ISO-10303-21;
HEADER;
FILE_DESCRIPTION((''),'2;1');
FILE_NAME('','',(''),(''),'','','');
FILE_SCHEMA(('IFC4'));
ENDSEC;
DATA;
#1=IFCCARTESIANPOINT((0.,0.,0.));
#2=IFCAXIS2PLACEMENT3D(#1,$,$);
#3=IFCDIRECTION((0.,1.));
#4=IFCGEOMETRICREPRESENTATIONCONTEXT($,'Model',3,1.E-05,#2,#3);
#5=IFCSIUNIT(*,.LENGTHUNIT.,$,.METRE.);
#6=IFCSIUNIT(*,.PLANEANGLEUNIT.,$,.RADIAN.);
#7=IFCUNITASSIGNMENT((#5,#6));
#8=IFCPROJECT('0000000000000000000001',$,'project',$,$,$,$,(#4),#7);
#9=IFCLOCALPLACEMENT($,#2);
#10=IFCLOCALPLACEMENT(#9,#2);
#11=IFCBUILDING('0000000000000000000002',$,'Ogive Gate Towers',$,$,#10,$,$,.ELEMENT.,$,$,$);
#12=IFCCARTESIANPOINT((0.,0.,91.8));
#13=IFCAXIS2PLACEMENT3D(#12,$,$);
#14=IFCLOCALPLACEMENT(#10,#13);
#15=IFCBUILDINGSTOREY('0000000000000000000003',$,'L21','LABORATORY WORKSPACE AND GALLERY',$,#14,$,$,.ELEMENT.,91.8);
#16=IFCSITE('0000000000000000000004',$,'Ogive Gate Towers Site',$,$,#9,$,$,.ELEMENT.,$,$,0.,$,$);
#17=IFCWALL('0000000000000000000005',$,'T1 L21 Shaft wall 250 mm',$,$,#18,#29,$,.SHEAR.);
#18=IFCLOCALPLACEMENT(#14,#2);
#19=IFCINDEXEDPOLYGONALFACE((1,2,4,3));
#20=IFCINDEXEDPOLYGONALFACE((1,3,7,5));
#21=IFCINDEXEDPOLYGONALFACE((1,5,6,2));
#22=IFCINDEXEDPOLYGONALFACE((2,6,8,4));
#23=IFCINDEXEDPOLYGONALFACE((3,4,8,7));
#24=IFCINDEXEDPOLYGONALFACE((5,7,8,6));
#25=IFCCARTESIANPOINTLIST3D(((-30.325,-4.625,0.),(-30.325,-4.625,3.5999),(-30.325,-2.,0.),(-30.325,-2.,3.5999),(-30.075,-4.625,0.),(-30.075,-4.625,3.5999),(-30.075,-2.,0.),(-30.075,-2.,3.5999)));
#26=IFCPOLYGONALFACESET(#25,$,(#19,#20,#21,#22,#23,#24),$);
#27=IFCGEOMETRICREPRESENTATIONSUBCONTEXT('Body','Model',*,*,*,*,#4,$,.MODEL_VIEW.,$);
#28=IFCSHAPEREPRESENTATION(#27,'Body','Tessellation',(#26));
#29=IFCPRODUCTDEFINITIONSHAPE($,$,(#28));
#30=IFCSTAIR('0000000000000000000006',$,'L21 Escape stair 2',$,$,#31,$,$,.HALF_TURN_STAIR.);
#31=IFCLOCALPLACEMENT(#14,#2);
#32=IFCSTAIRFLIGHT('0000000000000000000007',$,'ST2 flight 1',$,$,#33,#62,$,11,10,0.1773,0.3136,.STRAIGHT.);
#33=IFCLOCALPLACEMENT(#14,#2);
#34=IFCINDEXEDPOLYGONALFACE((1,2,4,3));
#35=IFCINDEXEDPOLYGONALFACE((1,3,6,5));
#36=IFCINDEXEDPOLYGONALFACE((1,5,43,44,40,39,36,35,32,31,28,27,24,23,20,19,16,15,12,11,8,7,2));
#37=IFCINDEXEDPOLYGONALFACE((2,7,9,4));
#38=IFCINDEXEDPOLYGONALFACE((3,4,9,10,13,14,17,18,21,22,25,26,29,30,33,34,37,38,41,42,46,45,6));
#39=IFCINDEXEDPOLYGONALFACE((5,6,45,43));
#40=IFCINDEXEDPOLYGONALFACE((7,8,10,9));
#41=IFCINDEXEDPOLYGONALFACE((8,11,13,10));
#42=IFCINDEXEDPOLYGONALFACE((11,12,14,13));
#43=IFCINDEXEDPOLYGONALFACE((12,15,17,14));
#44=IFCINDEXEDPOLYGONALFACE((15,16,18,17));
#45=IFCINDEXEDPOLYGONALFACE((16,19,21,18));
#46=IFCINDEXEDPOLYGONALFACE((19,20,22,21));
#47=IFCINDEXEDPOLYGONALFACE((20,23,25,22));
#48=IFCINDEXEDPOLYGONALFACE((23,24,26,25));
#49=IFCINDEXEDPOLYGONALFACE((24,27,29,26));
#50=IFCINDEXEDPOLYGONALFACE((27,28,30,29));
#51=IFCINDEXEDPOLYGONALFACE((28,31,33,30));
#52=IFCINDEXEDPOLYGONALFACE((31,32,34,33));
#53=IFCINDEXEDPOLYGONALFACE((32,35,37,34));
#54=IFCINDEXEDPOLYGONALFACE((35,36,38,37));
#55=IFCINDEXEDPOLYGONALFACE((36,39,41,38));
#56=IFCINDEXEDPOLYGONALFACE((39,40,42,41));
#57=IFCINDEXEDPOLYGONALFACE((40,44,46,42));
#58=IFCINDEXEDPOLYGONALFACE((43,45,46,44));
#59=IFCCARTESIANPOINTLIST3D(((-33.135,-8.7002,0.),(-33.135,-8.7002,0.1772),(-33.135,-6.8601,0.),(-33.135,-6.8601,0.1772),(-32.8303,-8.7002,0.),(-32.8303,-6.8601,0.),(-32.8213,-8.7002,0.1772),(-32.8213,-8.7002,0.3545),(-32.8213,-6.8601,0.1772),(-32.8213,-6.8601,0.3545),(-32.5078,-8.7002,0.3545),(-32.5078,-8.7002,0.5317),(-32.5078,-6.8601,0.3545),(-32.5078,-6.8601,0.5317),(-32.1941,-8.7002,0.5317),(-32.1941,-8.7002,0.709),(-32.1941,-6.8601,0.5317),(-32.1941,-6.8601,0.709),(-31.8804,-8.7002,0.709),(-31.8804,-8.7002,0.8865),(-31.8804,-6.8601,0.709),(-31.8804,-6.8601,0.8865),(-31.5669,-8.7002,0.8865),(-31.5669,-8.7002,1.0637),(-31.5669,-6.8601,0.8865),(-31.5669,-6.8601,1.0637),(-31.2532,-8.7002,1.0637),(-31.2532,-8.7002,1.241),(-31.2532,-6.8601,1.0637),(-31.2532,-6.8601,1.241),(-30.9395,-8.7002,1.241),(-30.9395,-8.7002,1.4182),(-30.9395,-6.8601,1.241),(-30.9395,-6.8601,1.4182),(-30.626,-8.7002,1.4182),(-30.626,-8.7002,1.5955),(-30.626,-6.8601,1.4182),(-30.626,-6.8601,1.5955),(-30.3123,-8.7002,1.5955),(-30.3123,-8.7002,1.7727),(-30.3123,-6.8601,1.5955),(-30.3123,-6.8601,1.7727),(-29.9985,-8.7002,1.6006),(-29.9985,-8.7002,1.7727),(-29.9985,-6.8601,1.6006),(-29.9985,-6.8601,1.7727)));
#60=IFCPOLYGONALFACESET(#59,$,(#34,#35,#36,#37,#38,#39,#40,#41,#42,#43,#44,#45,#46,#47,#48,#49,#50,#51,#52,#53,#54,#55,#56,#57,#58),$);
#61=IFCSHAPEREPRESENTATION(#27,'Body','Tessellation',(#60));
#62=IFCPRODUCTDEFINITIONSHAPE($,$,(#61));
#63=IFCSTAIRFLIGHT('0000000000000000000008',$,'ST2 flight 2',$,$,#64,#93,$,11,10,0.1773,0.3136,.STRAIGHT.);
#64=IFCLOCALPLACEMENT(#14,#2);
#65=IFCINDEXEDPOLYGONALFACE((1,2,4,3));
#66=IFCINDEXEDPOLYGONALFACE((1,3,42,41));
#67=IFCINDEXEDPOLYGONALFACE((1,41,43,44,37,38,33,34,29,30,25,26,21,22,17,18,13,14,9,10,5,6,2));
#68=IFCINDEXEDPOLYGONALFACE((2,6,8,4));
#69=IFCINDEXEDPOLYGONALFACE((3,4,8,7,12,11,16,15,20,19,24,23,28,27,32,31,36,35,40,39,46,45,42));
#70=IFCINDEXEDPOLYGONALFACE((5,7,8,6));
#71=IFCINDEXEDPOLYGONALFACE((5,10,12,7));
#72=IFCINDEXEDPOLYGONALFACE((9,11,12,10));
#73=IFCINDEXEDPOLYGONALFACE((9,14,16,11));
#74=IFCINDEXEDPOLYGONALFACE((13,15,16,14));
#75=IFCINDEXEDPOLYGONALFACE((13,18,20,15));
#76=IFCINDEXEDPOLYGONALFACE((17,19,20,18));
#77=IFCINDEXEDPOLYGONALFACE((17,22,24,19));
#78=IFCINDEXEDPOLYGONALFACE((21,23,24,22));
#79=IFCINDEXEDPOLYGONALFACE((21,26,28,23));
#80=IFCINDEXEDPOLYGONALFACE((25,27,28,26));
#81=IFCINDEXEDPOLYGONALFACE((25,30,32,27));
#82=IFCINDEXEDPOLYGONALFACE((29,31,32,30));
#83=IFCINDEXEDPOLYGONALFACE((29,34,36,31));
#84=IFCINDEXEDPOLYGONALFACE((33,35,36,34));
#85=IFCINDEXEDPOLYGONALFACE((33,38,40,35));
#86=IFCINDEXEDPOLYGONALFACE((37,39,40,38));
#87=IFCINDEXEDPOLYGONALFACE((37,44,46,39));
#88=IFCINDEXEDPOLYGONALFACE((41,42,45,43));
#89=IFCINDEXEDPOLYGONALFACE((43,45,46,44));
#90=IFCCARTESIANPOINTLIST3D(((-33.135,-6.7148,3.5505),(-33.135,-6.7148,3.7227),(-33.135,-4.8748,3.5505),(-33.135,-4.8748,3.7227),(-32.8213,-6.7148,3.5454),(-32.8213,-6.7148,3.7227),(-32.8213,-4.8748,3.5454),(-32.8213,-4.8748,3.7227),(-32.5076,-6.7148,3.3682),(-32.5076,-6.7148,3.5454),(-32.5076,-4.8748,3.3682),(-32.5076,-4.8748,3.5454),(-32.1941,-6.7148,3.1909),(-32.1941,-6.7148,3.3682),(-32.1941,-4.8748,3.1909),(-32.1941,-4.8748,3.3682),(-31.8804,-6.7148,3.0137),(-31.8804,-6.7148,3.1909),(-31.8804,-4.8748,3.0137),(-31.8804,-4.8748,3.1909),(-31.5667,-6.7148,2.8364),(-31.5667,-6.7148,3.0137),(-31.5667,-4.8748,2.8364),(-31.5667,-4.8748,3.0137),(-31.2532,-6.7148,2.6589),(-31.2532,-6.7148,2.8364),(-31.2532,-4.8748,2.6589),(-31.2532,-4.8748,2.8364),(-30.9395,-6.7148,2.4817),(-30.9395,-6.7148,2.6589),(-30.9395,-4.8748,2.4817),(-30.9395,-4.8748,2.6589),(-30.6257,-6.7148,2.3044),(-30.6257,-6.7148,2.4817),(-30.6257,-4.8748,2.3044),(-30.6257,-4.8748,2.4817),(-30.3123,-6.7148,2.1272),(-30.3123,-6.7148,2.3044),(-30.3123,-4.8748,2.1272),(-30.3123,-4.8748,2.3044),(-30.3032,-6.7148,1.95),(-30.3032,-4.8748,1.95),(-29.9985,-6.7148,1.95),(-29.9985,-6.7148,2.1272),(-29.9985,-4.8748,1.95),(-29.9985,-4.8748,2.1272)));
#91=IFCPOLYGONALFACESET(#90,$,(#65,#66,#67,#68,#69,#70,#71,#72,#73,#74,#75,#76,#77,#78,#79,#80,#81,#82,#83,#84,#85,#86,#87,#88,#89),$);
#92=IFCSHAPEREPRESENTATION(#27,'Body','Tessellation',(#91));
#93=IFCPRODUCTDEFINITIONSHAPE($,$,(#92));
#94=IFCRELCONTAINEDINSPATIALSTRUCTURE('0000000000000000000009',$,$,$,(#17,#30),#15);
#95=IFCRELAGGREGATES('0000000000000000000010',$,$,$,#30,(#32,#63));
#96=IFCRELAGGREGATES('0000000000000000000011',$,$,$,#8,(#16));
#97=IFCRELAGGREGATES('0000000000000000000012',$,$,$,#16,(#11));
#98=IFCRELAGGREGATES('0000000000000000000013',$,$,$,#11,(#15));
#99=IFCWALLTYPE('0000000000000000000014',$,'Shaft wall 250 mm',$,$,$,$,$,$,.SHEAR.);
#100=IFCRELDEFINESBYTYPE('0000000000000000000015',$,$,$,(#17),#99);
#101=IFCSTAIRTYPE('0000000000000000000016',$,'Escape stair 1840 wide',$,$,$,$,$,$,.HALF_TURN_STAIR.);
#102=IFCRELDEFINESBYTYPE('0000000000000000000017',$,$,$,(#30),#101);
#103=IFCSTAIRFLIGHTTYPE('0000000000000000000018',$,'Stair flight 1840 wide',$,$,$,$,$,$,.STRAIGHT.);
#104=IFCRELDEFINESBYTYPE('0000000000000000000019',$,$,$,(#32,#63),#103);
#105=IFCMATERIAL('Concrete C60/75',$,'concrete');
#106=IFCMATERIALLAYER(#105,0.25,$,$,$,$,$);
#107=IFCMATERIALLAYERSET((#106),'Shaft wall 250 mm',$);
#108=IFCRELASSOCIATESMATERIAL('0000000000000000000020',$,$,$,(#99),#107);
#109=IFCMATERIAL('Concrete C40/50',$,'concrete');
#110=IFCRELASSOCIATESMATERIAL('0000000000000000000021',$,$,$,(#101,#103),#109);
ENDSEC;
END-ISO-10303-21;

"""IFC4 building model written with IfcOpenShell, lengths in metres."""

from ifc_helpers import new_model, si_unit, direction, frame, frame_2d, origin, place, context, subcontext, project, spatial, polyline, rectangle, outline, extrude, material, layer, layer_set, type_object, element, aggregate, save


model = new_model("IFC4")

# Units and contexts
model_context = context("Model", 3, precision=1e-05, world=origin(), true_north=direction((0.0, 1.0)))
body_context = subcontext(model_context, "Body", "Model", "MODEL_VIEW")
ifc_project = project(units=[si_unit("LENGTHUNIT", "METRE"), si_unit("PLANEANGLEUNIT", "RADIAN")], contexts=[model_context])

# Site, building, storey
site_placement = place(None, origin())
site = spatial("IfcSite", under=ifc_project, at=site_placement, Name="Ogive Gate Towers Site", CompositionType="ELEMENT", RefElevation=0.0)
building_placement = place(site_placement, origin())
building = spatial("IfcBuilding", under=site, at=building_placement, Name="Ogive Gate Towers", CompositionType="ELEMENT")
storey_placement = place(building_placement, frame((0.0, 0.0, 91.8)))
storey = spatial("IfcBuildingStorey", under=building, at=storey_placement, Name="L21", Description="LABORATORY WORKSPACE AND GALLERY", CompositionType="ELEMENT", Elevation=91.8)

# Shared definitions
ifc_material_1 = material(Name="Concrete C60/75", Category="concrete")

# Shared definitions
ifc_layer_1 = layer(ifc_material_1, 0.25)
ifc_layer_set_1 = layer_set([ifc_layer_1], Name="Shaft wall 250 mm")
wall_type_1 = type_object("IfcWallType", Name="Shaft wall 250 mm", PredefinedType="SHEAR", material=ifc_layer_set_1)

# Wall
for number, where, z_axis, x_axis, name in (
    (1, (-30.2, -4.625, 0.0), (0.0, 0.0, 1.0), (0.0, 1.0, 0.0), "T1 L21 Shaft wall 250 mm"),
):
    element("IfcWall", number, at=place(storey_placement, frame(where, z_axis=z_axis, x_axis=x_axis)), inside=storey, type_object=wall_type_1, Name=name, PredefinedType="SHEAR", context=body_context, shape_type="SweptSolid", body=[
        extrude(rectangle(XDim=2.625, YDim=0.25, at=frame_2d((1.3125, 0.0))), origin(), (0.0, 0.0, 1.0), 3.5999),
    ])

# Stair, stair flights
ifc_material_2 = material(Name="Concrete C40/50", Category="concrete")
stair_type = type_object("IfcStairType", Name="Escape stair 1840 wide", PredefinedType="HALF_TURN_STAIR", material=ifc_material_2)
stair_placement = place(storey_placement, origin())
stair = element("IfcStair", 2, at=stair_placement, inside=storey, type_object=stair_type, Name="L21 Escape stair 2", PredefinedType="HALF_TURN_STAIR")
stair_flight_type = type_object("IfcStairFlightType", Name="Stair flight 1840 wide", PredefinedType="STRAIGHT", material=ifc_material_2)
stair_flight_1_placement = place(storey_placement, frame((-33.135, -7.78, 0.0), z_axis=(0.0, 0.0, 1.0), x_axis=(1.0, 0.0, 0.0)))
stair_flight_1 = element("IfcStairFlight", 3, at=stair_flight_1_placement, type_object=stair_flight_type, Name="ST2 flight 1", NumberOfRisers=11, NumberOfTreads=10, PredefinedType="STRAIGHT", RiserHeight=0.1773, TreadLength=0.3136, context=body_context, shape_type="SweptSolid", body=[
    extrude(outline(polyline([(0.0, 0.0), (0.0, 0.1772), (0.3137, 0.1772), (0.3137, 0.3545), (0.6272, 0.3545), (0.6272, 0.5317), (0.9409, 0.5317), (0.9409, 0.709), (1.2546, 0.709), (1.2546, 0.8865), (1.5681, 0.8865), (1.5681, 1.0637), (1.8818, 1.0637), (1.8818, 1.241), (2.1956, 1.241), (2.1956, 1.4182), (2.509, 1.4182), (2.509, 1.5955), (2.8228, 1.5955), (2.8228, 1.7727), (3.1365, 1.7727), (3.1365, 1.95), (3.1365, 1.6006), (0.3047, 0.0), (0.0, 0.0)])), frame((0.0, 0.9199, 0.0), z_axis=(0.0, -1.0, 0.0), x_axis=(1.0, 0.0, 0.0)), (0.0, 0.0, 1.0), 1.8401),
])
stair_flight_2_placement = place(storey_placement, frame((-29.9985, -5.7949, 1.95), z_axis=(0.0, 0.0, 1.0), x_axis=(-1.0, 0.0, 0.0)))
stair_flight_2 = element("IfcStairFlight", 4, at=stair_flight_2_placement, type_object=stair_flight_type, Name="ST2 flight 2", NumberOfRisers=11, NumberOfTreads=10, PredefinedType="STRAIGHT", RiserHeight=0.1773, TreadLength=0.3136, context=body_context, shape_type="SweptSolid", body=[
    extrude(outline(polyline([(0.0, 0.0), (0.0, 0.1772), (0.3137, 0.1772), (0.3137, 0.3545), (0.6272, 0.3545), (0.6272, 0.5317), (0.9409, 0.5317), (0.9409, 0.709), (1.2546, 0.709), (1.2546, 0.8865), (1.5681, 0.8865), (1.5681, 1.0637), (1.8818, 1.0637), (1.8818, 1.241), (2.1956, 1.241), (2.1956, 1.4182), (2.509, 1.4182), (2.509, 1.5955), (2.8228, 1.5955), (2.8228, 1.7727), (3.1365, 1.7727), (3.1365, 1.95), (3.1365, 1.6006), (0.3047, 0.0), (0.0, 0.0)])), frame((0.0, 0.9199, 0.0), z_axis=(0.0, -1.0, 0.0), x_axis=(1.0, 0.0, 0.0)), (0.0, 0.0, 1.0), 1.8401),
])
aggregate(stair, [stair_flight_1, stair_flight_2])

save(model, "model.ifc")
